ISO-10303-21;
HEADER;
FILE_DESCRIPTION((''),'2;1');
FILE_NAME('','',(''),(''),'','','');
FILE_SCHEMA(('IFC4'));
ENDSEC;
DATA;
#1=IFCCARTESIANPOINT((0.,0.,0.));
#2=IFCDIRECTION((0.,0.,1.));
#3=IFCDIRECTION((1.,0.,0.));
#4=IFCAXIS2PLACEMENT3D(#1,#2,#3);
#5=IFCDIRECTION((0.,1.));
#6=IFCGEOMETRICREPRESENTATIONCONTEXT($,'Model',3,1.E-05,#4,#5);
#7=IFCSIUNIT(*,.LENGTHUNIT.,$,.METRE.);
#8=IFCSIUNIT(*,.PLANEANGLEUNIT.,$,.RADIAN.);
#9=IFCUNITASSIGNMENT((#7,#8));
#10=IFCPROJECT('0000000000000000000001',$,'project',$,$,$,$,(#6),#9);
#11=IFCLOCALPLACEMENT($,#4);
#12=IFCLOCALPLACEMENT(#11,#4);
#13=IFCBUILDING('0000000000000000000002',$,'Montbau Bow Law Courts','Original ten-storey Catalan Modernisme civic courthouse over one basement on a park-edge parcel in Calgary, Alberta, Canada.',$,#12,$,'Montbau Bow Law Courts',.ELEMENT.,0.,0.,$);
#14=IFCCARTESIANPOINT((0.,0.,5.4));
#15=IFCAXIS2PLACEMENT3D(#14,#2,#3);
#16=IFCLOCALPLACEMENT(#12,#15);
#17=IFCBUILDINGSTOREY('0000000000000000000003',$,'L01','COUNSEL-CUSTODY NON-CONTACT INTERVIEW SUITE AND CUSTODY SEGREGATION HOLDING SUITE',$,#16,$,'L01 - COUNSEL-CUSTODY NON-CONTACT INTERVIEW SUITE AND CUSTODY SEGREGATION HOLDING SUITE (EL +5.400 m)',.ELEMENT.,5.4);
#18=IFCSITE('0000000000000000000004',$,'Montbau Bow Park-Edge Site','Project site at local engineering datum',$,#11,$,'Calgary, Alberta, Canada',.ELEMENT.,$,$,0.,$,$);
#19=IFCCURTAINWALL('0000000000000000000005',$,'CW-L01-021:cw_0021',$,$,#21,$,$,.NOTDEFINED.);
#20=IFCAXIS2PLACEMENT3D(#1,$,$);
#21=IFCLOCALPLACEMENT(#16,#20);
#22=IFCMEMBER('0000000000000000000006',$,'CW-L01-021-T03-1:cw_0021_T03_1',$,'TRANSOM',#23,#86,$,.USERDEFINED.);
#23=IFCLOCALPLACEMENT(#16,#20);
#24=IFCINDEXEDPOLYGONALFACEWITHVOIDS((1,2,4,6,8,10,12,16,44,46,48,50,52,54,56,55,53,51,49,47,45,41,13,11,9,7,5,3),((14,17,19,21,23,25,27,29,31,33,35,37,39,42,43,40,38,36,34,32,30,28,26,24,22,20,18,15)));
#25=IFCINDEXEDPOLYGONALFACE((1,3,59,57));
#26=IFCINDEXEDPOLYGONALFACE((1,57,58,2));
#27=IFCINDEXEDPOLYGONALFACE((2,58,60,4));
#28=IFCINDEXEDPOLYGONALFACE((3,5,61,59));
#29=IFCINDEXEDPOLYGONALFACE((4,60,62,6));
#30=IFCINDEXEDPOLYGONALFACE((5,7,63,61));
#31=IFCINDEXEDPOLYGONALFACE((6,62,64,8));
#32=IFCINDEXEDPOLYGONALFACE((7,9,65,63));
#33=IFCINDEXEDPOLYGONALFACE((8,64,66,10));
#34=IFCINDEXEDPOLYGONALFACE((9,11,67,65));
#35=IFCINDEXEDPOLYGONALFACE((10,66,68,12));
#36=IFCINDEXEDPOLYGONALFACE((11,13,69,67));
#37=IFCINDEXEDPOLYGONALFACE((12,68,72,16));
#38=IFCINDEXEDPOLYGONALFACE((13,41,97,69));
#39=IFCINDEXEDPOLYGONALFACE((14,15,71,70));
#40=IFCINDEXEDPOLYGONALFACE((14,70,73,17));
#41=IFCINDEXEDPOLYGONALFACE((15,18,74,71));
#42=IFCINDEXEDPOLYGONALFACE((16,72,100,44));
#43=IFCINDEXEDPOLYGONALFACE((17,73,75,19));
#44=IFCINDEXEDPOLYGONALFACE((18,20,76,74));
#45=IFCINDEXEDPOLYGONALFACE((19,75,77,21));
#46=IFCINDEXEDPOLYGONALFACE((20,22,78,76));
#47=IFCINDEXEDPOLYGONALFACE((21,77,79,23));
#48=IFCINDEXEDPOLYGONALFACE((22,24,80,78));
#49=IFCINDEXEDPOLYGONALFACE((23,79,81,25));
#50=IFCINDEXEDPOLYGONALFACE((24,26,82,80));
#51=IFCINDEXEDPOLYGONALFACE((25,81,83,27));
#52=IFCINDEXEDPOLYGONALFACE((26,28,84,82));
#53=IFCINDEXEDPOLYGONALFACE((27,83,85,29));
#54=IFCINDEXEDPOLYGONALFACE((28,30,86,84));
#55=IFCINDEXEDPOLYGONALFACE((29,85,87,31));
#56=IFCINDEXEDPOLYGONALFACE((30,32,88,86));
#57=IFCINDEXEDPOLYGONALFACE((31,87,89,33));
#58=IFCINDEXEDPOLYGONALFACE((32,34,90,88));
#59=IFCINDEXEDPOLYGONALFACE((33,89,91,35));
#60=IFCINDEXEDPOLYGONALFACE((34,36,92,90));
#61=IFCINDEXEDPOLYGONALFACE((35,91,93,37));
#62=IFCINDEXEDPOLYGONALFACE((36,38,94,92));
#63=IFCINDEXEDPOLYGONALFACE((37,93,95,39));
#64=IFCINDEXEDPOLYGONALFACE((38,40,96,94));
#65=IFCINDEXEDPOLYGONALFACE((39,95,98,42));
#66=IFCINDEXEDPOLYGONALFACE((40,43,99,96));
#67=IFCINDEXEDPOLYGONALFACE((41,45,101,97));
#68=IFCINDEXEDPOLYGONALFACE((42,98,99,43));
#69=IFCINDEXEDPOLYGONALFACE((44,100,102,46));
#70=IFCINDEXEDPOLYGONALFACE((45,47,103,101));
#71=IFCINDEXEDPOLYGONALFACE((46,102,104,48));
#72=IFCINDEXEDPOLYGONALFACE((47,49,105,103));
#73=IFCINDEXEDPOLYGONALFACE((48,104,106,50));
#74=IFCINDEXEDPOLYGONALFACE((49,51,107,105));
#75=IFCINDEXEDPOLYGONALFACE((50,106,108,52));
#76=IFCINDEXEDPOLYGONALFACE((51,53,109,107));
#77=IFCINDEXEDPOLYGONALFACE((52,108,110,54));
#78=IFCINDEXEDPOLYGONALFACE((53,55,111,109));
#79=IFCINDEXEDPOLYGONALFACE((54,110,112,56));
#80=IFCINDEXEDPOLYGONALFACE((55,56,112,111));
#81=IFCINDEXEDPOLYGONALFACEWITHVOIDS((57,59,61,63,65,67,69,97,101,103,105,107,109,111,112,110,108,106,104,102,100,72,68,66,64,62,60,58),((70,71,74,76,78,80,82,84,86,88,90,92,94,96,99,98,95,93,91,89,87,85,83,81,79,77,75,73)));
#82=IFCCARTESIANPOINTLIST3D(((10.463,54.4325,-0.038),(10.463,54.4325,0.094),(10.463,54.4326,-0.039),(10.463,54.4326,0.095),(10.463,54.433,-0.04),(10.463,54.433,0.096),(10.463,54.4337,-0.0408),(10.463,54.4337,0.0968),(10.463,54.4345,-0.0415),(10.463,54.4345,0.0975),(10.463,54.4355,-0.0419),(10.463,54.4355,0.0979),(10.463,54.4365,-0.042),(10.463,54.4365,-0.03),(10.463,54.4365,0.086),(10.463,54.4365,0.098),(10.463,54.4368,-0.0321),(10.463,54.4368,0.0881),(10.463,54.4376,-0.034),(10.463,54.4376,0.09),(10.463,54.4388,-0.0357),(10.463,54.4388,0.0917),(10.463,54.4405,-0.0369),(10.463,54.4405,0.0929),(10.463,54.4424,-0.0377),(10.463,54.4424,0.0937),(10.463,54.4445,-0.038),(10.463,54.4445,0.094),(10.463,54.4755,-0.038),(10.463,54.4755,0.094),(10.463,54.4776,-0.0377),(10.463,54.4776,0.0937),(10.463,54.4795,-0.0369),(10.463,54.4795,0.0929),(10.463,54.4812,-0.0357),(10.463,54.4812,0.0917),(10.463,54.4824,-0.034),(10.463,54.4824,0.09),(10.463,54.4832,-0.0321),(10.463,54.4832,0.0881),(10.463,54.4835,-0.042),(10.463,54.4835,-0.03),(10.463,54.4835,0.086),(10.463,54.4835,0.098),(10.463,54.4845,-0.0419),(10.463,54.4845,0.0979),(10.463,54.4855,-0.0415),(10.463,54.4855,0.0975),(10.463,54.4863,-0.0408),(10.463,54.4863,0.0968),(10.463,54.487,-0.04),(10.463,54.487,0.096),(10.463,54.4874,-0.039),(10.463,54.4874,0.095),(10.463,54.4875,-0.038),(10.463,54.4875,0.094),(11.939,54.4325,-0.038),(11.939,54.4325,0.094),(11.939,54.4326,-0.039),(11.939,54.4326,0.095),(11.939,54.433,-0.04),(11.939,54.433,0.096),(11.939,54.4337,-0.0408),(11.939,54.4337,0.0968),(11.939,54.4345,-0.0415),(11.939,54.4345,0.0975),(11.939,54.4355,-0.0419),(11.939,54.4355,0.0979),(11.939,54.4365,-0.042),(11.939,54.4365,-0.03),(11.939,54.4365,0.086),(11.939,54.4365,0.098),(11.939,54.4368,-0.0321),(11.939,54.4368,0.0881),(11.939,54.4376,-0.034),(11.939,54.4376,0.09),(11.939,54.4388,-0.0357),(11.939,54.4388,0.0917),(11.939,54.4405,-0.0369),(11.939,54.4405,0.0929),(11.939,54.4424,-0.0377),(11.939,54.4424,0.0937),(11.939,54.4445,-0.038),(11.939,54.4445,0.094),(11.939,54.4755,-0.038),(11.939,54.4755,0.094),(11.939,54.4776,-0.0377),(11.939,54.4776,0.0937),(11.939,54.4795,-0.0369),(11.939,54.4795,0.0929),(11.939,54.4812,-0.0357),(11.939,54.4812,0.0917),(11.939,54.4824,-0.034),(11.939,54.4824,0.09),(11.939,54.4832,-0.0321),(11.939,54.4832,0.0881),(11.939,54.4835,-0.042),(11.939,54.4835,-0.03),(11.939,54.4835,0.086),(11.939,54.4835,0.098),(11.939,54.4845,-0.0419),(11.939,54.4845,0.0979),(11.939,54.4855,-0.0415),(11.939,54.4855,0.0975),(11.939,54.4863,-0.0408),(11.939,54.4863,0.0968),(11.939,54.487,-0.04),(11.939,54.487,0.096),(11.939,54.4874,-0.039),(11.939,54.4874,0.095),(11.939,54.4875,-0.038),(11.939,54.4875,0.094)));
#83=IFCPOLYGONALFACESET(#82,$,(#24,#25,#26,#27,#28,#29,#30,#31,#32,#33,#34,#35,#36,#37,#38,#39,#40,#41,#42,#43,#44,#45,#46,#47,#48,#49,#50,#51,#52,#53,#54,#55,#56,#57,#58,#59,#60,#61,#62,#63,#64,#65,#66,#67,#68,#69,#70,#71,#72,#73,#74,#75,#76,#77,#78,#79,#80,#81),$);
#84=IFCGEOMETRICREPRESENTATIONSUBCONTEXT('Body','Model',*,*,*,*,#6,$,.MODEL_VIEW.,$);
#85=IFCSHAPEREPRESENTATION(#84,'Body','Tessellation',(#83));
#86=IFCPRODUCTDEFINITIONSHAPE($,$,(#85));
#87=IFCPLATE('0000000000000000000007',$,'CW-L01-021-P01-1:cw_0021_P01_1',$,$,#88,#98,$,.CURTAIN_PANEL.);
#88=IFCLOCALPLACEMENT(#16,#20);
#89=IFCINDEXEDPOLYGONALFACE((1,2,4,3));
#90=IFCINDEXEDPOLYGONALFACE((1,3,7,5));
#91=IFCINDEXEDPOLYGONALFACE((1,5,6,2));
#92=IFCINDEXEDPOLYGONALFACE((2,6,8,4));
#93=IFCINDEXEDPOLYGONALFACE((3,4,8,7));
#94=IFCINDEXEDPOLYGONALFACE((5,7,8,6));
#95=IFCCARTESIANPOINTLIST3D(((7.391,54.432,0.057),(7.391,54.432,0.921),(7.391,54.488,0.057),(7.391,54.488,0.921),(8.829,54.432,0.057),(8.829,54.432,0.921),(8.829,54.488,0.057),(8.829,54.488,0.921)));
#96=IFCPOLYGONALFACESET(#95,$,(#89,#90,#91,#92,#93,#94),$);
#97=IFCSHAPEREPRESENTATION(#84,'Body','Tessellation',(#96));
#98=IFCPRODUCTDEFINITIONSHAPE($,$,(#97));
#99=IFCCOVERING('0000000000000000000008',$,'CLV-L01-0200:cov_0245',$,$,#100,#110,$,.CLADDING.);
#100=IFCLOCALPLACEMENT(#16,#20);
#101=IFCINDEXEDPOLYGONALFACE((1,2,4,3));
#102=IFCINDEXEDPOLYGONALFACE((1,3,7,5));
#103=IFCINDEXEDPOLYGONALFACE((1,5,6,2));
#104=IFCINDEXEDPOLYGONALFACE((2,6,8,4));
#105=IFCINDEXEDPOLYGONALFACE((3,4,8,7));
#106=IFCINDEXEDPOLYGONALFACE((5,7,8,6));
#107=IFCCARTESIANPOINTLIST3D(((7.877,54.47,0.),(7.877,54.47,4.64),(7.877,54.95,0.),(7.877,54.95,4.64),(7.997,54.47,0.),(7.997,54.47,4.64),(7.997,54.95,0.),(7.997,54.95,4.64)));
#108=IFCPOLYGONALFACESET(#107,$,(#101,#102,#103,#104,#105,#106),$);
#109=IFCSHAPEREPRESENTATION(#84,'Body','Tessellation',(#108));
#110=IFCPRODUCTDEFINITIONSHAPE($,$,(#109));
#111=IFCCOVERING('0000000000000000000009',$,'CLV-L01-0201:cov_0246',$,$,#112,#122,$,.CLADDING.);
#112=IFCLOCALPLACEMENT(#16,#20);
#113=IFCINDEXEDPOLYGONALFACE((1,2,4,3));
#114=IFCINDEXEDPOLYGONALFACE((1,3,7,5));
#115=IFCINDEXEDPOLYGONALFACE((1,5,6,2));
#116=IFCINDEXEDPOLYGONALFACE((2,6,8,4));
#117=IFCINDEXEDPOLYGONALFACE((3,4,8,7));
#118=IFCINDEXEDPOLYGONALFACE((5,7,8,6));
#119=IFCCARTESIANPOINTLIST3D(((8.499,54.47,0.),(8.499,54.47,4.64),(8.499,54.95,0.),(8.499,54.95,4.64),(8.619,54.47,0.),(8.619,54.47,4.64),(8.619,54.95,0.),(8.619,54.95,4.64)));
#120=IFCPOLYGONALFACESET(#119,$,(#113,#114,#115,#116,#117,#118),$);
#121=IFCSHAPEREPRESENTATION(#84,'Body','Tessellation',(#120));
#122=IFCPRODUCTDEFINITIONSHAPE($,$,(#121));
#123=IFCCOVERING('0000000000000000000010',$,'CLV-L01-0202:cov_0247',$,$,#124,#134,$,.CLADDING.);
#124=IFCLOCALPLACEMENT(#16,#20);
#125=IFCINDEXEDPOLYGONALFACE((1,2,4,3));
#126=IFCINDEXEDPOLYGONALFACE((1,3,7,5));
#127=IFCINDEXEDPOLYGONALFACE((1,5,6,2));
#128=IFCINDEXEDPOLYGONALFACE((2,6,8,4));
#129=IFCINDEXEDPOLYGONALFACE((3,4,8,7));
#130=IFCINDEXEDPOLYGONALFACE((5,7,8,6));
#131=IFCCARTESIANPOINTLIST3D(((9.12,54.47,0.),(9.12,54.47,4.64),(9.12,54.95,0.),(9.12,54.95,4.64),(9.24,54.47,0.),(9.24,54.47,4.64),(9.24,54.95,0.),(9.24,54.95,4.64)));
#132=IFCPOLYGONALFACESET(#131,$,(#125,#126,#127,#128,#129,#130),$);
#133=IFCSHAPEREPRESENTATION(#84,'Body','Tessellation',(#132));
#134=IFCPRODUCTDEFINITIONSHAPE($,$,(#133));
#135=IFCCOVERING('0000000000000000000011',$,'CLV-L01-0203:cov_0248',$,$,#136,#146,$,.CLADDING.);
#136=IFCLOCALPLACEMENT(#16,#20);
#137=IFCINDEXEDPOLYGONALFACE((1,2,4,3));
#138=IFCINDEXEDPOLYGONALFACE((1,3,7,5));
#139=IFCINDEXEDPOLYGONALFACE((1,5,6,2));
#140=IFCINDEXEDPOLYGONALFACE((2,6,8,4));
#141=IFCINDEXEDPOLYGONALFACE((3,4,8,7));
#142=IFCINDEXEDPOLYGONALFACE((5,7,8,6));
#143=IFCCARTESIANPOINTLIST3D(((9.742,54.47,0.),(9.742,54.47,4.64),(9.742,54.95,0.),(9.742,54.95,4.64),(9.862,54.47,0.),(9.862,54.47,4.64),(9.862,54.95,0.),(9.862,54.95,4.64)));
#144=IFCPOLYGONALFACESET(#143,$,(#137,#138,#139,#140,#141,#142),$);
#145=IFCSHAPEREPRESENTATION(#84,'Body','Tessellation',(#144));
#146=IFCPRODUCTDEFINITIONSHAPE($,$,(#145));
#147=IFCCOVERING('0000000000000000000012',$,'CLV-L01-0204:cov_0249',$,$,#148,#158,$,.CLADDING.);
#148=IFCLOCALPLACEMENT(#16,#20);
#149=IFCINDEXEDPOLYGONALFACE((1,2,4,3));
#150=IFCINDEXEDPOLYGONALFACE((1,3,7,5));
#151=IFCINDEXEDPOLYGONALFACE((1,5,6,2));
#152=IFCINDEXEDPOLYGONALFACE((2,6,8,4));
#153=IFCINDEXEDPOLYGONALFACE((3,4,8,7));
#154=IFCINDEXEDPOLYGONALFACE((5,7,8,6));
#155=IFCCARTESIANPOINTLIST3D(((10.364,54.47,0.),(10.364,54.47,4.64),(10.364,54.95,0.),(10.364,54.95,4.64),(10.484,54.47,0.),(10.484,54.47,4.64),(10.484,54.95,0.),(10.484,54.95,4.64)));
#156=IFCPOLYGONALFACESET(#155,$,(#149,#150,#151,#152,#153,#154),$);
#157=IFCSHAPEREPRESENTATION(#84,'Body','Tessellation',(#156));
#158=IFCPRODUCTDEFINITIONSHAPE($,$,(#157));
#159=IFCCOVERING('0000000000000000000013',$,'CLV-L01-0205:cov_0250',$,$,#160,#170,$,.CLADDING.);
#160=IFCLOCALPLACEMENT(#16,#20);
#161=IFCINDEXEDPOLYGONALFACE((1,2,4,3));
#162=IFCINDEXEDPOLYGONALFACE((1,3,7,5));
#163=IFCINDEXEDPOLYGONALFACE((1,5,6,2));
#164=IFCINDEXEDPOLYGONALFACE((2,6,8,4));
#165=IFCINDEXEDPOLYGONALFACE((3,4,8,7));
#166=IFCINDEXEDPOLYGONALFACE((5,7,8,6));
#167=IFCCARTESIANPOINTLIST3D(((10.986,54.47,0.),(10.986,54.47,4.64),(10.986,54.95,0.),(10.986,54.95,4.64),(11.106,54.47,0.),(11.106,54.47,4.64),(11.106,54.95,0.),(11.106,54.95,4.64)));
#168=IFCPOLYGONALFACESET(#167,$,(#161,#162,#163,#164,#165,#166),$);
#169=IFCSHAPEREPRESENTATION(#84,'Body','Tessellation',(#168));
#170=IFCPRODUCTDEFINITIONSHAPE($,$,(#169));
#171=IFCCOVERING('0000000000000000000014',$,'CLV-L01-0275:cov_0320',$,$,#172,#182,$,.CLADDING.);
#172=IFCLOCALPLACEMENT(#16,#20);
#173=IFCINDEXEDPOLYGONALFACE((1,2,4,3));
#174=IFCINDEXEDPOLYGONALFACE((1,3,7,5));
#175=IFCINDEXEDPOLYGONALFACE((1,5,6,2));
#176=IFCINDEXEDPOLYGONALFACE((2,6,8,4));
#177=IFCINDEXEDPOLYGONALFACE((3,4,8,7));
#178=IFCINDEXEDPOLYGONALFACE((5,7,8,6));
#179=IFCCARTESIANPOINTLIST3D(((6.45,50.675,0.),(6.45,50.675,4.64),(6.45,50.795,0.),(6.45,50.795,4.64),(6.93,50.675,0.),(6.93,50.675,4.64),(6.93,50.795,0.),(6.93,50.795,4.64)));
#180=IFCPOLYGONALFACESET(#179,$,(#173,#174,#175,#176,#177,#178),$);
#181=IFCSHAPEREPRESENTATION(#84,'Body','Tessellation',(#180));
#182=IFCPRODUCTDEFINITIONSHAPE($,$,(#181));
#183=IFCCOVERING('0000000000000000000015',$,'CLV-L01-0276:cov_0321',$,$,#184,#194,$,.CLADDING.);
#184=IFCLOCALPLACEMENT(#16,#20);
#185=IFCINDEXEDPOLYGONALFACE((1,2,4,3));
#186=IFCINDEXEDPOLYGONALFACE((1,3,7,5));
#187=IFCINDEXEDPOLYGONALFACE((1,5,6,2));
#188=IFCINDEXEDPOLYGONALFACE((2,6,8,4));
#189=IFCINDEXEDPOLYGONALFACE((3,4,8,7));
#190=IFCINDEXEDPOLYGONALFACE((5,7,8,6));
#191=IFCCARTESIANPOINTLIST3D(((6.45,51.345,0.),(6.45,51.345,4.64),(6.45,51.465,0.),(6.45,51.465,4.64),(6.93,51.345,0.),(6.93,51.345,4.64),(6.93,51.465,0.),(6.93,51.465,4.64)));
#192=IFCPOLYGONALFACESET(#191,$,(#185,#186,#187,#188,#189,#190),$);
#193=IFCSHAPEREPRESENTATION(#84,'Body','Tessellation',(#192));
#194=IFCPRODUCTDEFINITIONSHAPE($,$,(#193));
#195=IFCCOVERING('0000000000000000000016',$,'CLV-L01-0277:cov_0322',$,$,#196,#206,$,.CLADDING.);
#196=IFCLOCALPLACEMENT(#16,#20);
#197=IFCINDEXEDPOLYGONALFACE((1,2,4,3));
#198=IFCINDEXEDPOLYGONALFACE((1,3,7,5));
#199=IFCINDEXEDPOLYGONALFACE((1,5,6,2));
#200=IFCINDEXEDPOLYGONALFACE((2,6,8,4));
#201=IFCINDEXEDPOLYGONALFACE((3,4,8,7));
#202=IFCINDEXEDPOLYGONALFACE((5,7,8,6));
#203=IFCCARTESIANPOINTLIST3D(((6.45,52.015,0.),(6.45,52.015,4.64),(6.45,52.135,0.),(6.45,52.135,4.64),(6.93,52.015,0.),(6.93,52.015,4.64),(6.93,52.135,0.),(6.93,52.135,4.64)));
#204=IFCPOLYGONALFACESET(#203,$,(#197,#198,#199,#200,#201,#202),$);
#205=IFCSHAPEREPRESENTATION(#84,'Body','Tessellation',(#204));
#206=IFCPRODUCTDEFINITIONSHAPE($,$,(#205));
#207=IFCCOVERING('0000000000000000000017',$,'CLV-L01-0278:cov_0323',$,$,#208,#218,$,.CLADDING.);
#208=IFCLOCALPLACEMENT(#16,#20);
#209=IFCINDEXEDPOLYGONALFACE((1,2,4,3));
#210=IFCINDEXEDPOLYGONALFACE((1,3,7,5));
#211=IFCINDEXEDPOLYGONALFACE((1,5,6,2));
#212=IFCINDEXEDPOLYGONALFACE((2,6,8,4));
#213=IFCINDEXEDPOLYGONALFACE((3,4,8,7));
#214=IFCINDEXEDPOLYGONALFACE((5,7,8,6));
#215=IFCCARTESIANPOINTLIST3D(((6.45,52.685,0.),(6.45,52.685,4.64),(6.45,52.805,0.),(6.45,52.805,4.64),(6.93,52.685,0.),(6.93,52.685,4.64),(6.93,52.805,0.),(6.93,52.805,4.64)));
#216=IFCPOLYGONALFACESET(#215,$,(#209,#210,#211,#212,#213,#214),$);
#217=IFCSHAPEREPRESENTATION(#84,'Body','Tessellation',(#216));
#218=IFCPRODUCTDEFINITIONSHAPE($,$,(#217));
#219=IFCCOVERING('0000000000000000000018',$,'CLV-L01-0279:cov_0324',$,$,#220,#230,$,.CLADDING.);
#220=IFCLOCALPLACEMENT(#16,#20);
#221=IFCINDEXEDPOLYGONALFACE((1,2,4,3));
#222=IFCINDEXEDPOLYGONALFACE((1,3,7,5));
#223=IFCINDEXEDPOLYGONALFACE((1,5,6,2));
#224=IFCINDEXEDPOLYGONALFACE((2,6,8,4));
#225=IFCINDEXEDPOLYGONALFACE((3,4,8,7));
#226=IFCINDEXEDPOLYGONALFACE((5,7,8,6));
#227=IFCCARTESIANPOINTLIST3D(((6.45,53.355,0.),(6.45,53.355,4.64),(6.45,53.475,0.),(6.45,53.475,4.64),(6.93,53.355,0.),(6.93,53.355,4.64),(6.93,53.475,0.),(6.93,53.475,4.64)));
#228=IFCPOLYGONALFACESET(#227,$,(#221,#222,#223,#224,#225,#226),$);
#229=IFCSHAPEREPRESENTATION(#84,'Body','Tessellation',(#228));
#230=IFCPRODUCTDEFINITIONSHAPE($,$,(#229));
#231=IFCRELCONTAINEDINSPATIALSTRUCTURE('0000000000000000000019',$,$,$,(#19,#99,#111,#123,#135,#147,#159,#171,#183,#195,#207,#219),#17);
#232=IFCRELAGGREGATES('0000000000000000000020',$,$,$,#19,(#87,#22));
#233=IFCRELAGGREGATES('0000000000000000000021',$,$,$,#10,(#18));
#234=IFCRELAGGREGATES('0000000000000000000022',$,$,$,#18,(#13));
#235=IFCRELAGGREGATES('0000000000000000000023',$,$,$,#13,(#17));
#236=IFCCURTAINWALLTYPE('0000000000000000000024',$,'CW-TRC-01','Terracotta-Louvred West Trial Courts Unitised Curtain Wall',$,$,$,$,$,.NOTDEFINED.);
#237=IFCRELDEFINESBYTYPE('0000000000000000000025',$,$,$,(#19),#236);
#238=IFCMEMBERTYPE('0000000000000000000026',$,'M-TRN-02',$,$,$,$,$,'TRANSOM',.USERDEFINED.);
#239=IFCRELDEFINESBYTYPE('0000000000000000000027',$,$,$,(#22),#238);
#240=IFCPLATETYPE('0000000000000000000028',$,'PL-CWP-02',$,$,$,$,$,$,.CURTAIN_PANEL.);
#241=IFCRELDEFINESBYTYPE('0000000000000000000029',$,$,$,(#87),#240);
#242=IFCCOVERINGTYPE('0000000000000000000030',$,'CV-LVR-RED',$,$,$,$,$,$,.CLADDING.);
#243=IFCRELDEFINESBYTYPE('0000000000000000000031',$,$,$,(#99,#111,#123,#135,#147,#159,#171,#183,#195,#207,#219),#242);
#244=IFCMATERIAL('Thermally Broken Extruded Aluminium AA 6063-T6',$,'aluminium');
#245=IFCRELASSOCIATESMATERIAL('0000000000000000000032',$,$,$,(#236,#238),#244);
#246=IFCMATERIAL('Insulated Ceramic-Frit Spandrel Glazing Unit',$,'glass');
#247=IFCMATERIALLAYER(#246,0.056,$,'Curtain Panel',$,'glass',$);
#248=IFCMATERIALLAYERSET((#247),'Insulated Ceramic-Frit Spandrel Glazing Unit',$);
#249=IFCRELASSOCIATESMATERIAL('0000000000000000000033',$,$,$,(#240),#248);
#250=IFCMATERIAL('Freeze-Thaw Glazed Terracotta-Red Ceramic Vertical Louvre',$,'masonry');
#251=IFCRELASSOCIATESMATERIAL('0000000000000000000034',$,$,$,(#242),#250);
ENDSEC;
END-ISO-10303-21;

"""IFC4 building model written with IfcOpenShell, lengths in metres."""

from ifc_helpers import new_model, si_unit, direction, frame, frame_2d, origin_with_axes, origin_2d_with_axis, place, context, subcontext, project, spatial, rectangle, hollow_rectangle, extrude, material, layer, layer_set, material_profile, profile_set, type_object, element, aggregate, save


model = new_model("IFC4")

# Units and contexts
model_context = context("Model", 3, precision=1e-05, world=origin_with_axes(), true_north=direction((0.0, 1.0)))
body_context = subcontext(model_context, "Body", "Model", "MODEL_VIEW")
ifc_project = project(units=[si_unit("LENGTHUNIT", "METRE"), si_unit("PLANEANGLEUNIT", "RADIAN")], contexts=[model_context])

# Site, building, storey
site_placement = place(None, origin_with_axes())
site = spatial("IfcSite", under=ifc_project, at=site_placement, Name="Montbau Bow Park-Edge Site", Description="Project site at local engineering datum", LongName="Calgary, Alberta, Canada", CompositionType="ELEMENT", RefElevation=0.0)
building_placement = place(site_placement, origin_with_axes())
building = spatial("IfcBuilding", under=site, at=building_placement, Name="Montbau Bow Law Courts", Description="Original ten-storey Catalan Modernisme civic courthouse over one basement on a park-edge parcel in Calgary, Alberta, Canada.", LongName="Montbau Bow Law Courts", CompositionType="ELEMENT", ElevationOfRefHeight=0.0, ElevationOfTerrain=0.0)
storey_placement = place(building_placement, frame((0.0, 0.0, 5.4), z_axis=(0.0, 0.0, 1.0), x_axis=(1.0, 0.0, 0.0)))
storey = spatial("IfcBuildingStorey", under=building, at=storey_placement, Name="L01", Description="COUNSEL-CUSTODY NON-CONTACT INTERVIEW SUITE AND CUSTODY SEGREGATION HOLDING SUITE", LongName="L01 - COUNSEL-CUSTODY NON-CONTACT INTERVIEW SUITE AND CUSTODY SEGREGATION HOLDING SUITE (EL +5.400 m)", CompositionType="ELEMENT", Elevation=5.4)

# Curtain wall
ifc_material_1 = material(Name="Thermally Broken Extruded Aluminium AA 6063-T6", Category="aluminium")
curtain_wall_type = type_object("IfcCurtainWallType", Name="CW-TRC-01", Description="Terracotta-Louvred West Trial Courts Unitised Curtain Wall", PredefinedType="NOTDEFINED", material=ifc_material_1)
curtain_wall_1_placement = place(None, frame((7.315, 54.46, 5.4), z_axis=(0.0, 0.0, 1.0), x_axis=(1.0, 0.0, 0.0)))
curtain_wall_1 = element("IfcCurtainWall", 1, at=curtain_wall_1_placement, inside=storey, type_object=curtain_wall_type, Name="CW-L01-021:cw_0021", PredefinedType="NOTDEFINED")

# Member
ifc_material_profile_1 = material_profile(ifc_material_1, hollow_rectangle(XDim=0.055, YDim=0.14, WallThickness=0.004, InnerFilletRadius=0.008, OuterFilletRadius=0.004, at=origin_2d_with_axis()), Name="CWT-140X55", Category="Main", Priority=0)
ifc_profile_set_1 = profile_set([ifc_material_profile_1], Name="Thermally Broken Extruded Aluminium AA 6063-T6")
member_type_1 = type_object("IfcMemberType", Name="M-TRN-02", ElementType="TRANSOM", PredefinedType="USERDEFINED", material=ifc_profile_set_1)
member_1_placement = place(None, frame((10.463, 54.46, 5.428), z_axis=(1.0, 0.0, 0.0), x_axis=(0.0, 1.0, 0.0)))
member_1 = element("IfcMember", 2, at=member_1_placement, type_object=member_type_1, Name="CW-L01-021-T03-1:cw_0021_T03_1", ObjectType="TRANSOM", PredefinedType="USERDEFINED", context=body_context, shape_type="SweptSolid", body=[
    extrude(hollow_rectangle(XDim=0.055, YDim=0.14, WallThickness=0.004, InnerFilletRadius=0.008, OuterFilletRadius=0.004, at=origin_2d_with_axis()), origin_with_axes(), (0.0, 0.0, 1.0), 1.476),
])

# Plate
ifc_material_2 = material(Name="Insulated Ceramic-Frit Spandrel Glazing Unit", Category="glass")
ifc_layer = layer(ifc_material_2, 0.056, Name="Curtain Panel", Category="glass")
ifc_layer_set = layer_set([ifc_layer], Name="Insulated Ceramic-Frit Spandrel Glazing Unit")
plate_type = type_object("IfcPlateType", Name="PL-CWP-02", PredefinedType="CURTAIN_PANEL", material=ifc_layer_set)
plate_placement = place(None, frame((7.391, 54.46, 5.457), z_axis=(0.0, -1.0, 0.0), x_axis=(1.0, 0.0, 0.0)))
plate = element("IfcPlate", 3, at=plate_placement, type_object=plate_type, Name="CW-L01-021-P01-1:cw_0021_P01_1", PredefinedType="CURTAIN_PANEL", context=body_context, shape_type="SweptSolid", body=[
    extrude(rectangle(XDim=1.438, YDim=0.864, at=frame_2d((0.719, 0.432), x_axis=(1.0, 0.0))), frame((0.0, 0.0, -0.028), z_axis=(0.0, 0.0, 1.0), x_axis=(1.0, 0.0, 0.0)), (0.0, 0.0, 1.0), 0.056),
])
aggregate(curtain_wall_1, [plate, member_1])

# Coverings
ifc_material_3 = material(Name="Freeze-Thaw Glazed Terracotta-Red Ceramic Vertical Louvre", Category="masonry")
covering_type = type_object("IfcCoveringType", Name="CV-LVR-RED", PredefinedType="CLADDING", material=ifc_material_3)
for number, where, z_axis, x_axis, name in (
    (4, (7.937, 54.47, 5.4), (1.0, 0.0, 0.0), (0.0, 1.0, 0.0), "CLV-L01-0200:cov_0245"),
    (5, (8.559, 54.47, 5.4), (1.0, 0.0, 0.0), (0.0, 1.0, 0.0), "CLV-L01-0201:cov_0246"),
    (6, (9.18, 54.47, 5.4), (1.0, 0.0, 0.0), (0.0, 1.0, 0.0), "CLV-L01-0202:cov_0247"),
    (7, (9.802, 54.47, 5.4), (1.0, 0.0, 0.0), (0.0, 1.0, 0.0), "CLV-L01-0203:cov_0248"),
    (8, (10.424, 54.47, 5.4), (1.0, 0.0, 0.0), (0.0, 1.0, 0.0), "CLV-L01-0204:cov_0249"),
    (9, (11.046, 54.47, 5.4), (1.0, 0.0, 0.0), (0.0, 1.0, 0.0), "CLV-L01-0205:cov_0250"),
    (10, (6.93, 50.735, 5.4), (0.0, 1.0, 0.0), (-1.0, 0.0, 0.0), "CLV-L01-0275:cov_0320"),
    (11, (6.93, 51.405, 5.4), (0.0, 1.0, 0.0), (-1.0, 0.0, 0.0), "CLV-L01-0276:cov_0321"),
    (12, (6.93, 52.075, 5.4), (0.0, 1.0, 0.0), (-1.0, 0.0, 0.0), "CLV-L01-0277:cov_0322"),
    (13, (6.93, 52.745, 5.4), (0.0, 1.0, 0.0), (-1.0, 0.0, 0.0), "CLV-L01-0278:cov_0323"),
    (14, (6.93, 53.415, 5.4), (0.0, 1.0, 0.0), (-1.0, 0.0, 0.0), "CLV-L01-0279:cov_0324"),
):
    element("IfcCovering", number, at=place(None, frame(where, z_axis=z_axis, x_axis=x_axis)), inside=storey, type_object=covering_type, Name=name, PredefinedType="CLADDING", context=body_context, shape_type="SweptSolid", body=[
        extrude(rectangle(XDim=0.48, YDim=4.64, at=frame_2d((0.24, 2.32), x_axis=(1.0, 0.0))), frame((0.0, 0.0, -0.06), z_axis=(0.0, 0.0, 1.0), x_axis=(1.0, 0.0, 0.0)), (0.0, 0.0, 1.0), 0.12),
    ])

save(model, "model.ifc")
